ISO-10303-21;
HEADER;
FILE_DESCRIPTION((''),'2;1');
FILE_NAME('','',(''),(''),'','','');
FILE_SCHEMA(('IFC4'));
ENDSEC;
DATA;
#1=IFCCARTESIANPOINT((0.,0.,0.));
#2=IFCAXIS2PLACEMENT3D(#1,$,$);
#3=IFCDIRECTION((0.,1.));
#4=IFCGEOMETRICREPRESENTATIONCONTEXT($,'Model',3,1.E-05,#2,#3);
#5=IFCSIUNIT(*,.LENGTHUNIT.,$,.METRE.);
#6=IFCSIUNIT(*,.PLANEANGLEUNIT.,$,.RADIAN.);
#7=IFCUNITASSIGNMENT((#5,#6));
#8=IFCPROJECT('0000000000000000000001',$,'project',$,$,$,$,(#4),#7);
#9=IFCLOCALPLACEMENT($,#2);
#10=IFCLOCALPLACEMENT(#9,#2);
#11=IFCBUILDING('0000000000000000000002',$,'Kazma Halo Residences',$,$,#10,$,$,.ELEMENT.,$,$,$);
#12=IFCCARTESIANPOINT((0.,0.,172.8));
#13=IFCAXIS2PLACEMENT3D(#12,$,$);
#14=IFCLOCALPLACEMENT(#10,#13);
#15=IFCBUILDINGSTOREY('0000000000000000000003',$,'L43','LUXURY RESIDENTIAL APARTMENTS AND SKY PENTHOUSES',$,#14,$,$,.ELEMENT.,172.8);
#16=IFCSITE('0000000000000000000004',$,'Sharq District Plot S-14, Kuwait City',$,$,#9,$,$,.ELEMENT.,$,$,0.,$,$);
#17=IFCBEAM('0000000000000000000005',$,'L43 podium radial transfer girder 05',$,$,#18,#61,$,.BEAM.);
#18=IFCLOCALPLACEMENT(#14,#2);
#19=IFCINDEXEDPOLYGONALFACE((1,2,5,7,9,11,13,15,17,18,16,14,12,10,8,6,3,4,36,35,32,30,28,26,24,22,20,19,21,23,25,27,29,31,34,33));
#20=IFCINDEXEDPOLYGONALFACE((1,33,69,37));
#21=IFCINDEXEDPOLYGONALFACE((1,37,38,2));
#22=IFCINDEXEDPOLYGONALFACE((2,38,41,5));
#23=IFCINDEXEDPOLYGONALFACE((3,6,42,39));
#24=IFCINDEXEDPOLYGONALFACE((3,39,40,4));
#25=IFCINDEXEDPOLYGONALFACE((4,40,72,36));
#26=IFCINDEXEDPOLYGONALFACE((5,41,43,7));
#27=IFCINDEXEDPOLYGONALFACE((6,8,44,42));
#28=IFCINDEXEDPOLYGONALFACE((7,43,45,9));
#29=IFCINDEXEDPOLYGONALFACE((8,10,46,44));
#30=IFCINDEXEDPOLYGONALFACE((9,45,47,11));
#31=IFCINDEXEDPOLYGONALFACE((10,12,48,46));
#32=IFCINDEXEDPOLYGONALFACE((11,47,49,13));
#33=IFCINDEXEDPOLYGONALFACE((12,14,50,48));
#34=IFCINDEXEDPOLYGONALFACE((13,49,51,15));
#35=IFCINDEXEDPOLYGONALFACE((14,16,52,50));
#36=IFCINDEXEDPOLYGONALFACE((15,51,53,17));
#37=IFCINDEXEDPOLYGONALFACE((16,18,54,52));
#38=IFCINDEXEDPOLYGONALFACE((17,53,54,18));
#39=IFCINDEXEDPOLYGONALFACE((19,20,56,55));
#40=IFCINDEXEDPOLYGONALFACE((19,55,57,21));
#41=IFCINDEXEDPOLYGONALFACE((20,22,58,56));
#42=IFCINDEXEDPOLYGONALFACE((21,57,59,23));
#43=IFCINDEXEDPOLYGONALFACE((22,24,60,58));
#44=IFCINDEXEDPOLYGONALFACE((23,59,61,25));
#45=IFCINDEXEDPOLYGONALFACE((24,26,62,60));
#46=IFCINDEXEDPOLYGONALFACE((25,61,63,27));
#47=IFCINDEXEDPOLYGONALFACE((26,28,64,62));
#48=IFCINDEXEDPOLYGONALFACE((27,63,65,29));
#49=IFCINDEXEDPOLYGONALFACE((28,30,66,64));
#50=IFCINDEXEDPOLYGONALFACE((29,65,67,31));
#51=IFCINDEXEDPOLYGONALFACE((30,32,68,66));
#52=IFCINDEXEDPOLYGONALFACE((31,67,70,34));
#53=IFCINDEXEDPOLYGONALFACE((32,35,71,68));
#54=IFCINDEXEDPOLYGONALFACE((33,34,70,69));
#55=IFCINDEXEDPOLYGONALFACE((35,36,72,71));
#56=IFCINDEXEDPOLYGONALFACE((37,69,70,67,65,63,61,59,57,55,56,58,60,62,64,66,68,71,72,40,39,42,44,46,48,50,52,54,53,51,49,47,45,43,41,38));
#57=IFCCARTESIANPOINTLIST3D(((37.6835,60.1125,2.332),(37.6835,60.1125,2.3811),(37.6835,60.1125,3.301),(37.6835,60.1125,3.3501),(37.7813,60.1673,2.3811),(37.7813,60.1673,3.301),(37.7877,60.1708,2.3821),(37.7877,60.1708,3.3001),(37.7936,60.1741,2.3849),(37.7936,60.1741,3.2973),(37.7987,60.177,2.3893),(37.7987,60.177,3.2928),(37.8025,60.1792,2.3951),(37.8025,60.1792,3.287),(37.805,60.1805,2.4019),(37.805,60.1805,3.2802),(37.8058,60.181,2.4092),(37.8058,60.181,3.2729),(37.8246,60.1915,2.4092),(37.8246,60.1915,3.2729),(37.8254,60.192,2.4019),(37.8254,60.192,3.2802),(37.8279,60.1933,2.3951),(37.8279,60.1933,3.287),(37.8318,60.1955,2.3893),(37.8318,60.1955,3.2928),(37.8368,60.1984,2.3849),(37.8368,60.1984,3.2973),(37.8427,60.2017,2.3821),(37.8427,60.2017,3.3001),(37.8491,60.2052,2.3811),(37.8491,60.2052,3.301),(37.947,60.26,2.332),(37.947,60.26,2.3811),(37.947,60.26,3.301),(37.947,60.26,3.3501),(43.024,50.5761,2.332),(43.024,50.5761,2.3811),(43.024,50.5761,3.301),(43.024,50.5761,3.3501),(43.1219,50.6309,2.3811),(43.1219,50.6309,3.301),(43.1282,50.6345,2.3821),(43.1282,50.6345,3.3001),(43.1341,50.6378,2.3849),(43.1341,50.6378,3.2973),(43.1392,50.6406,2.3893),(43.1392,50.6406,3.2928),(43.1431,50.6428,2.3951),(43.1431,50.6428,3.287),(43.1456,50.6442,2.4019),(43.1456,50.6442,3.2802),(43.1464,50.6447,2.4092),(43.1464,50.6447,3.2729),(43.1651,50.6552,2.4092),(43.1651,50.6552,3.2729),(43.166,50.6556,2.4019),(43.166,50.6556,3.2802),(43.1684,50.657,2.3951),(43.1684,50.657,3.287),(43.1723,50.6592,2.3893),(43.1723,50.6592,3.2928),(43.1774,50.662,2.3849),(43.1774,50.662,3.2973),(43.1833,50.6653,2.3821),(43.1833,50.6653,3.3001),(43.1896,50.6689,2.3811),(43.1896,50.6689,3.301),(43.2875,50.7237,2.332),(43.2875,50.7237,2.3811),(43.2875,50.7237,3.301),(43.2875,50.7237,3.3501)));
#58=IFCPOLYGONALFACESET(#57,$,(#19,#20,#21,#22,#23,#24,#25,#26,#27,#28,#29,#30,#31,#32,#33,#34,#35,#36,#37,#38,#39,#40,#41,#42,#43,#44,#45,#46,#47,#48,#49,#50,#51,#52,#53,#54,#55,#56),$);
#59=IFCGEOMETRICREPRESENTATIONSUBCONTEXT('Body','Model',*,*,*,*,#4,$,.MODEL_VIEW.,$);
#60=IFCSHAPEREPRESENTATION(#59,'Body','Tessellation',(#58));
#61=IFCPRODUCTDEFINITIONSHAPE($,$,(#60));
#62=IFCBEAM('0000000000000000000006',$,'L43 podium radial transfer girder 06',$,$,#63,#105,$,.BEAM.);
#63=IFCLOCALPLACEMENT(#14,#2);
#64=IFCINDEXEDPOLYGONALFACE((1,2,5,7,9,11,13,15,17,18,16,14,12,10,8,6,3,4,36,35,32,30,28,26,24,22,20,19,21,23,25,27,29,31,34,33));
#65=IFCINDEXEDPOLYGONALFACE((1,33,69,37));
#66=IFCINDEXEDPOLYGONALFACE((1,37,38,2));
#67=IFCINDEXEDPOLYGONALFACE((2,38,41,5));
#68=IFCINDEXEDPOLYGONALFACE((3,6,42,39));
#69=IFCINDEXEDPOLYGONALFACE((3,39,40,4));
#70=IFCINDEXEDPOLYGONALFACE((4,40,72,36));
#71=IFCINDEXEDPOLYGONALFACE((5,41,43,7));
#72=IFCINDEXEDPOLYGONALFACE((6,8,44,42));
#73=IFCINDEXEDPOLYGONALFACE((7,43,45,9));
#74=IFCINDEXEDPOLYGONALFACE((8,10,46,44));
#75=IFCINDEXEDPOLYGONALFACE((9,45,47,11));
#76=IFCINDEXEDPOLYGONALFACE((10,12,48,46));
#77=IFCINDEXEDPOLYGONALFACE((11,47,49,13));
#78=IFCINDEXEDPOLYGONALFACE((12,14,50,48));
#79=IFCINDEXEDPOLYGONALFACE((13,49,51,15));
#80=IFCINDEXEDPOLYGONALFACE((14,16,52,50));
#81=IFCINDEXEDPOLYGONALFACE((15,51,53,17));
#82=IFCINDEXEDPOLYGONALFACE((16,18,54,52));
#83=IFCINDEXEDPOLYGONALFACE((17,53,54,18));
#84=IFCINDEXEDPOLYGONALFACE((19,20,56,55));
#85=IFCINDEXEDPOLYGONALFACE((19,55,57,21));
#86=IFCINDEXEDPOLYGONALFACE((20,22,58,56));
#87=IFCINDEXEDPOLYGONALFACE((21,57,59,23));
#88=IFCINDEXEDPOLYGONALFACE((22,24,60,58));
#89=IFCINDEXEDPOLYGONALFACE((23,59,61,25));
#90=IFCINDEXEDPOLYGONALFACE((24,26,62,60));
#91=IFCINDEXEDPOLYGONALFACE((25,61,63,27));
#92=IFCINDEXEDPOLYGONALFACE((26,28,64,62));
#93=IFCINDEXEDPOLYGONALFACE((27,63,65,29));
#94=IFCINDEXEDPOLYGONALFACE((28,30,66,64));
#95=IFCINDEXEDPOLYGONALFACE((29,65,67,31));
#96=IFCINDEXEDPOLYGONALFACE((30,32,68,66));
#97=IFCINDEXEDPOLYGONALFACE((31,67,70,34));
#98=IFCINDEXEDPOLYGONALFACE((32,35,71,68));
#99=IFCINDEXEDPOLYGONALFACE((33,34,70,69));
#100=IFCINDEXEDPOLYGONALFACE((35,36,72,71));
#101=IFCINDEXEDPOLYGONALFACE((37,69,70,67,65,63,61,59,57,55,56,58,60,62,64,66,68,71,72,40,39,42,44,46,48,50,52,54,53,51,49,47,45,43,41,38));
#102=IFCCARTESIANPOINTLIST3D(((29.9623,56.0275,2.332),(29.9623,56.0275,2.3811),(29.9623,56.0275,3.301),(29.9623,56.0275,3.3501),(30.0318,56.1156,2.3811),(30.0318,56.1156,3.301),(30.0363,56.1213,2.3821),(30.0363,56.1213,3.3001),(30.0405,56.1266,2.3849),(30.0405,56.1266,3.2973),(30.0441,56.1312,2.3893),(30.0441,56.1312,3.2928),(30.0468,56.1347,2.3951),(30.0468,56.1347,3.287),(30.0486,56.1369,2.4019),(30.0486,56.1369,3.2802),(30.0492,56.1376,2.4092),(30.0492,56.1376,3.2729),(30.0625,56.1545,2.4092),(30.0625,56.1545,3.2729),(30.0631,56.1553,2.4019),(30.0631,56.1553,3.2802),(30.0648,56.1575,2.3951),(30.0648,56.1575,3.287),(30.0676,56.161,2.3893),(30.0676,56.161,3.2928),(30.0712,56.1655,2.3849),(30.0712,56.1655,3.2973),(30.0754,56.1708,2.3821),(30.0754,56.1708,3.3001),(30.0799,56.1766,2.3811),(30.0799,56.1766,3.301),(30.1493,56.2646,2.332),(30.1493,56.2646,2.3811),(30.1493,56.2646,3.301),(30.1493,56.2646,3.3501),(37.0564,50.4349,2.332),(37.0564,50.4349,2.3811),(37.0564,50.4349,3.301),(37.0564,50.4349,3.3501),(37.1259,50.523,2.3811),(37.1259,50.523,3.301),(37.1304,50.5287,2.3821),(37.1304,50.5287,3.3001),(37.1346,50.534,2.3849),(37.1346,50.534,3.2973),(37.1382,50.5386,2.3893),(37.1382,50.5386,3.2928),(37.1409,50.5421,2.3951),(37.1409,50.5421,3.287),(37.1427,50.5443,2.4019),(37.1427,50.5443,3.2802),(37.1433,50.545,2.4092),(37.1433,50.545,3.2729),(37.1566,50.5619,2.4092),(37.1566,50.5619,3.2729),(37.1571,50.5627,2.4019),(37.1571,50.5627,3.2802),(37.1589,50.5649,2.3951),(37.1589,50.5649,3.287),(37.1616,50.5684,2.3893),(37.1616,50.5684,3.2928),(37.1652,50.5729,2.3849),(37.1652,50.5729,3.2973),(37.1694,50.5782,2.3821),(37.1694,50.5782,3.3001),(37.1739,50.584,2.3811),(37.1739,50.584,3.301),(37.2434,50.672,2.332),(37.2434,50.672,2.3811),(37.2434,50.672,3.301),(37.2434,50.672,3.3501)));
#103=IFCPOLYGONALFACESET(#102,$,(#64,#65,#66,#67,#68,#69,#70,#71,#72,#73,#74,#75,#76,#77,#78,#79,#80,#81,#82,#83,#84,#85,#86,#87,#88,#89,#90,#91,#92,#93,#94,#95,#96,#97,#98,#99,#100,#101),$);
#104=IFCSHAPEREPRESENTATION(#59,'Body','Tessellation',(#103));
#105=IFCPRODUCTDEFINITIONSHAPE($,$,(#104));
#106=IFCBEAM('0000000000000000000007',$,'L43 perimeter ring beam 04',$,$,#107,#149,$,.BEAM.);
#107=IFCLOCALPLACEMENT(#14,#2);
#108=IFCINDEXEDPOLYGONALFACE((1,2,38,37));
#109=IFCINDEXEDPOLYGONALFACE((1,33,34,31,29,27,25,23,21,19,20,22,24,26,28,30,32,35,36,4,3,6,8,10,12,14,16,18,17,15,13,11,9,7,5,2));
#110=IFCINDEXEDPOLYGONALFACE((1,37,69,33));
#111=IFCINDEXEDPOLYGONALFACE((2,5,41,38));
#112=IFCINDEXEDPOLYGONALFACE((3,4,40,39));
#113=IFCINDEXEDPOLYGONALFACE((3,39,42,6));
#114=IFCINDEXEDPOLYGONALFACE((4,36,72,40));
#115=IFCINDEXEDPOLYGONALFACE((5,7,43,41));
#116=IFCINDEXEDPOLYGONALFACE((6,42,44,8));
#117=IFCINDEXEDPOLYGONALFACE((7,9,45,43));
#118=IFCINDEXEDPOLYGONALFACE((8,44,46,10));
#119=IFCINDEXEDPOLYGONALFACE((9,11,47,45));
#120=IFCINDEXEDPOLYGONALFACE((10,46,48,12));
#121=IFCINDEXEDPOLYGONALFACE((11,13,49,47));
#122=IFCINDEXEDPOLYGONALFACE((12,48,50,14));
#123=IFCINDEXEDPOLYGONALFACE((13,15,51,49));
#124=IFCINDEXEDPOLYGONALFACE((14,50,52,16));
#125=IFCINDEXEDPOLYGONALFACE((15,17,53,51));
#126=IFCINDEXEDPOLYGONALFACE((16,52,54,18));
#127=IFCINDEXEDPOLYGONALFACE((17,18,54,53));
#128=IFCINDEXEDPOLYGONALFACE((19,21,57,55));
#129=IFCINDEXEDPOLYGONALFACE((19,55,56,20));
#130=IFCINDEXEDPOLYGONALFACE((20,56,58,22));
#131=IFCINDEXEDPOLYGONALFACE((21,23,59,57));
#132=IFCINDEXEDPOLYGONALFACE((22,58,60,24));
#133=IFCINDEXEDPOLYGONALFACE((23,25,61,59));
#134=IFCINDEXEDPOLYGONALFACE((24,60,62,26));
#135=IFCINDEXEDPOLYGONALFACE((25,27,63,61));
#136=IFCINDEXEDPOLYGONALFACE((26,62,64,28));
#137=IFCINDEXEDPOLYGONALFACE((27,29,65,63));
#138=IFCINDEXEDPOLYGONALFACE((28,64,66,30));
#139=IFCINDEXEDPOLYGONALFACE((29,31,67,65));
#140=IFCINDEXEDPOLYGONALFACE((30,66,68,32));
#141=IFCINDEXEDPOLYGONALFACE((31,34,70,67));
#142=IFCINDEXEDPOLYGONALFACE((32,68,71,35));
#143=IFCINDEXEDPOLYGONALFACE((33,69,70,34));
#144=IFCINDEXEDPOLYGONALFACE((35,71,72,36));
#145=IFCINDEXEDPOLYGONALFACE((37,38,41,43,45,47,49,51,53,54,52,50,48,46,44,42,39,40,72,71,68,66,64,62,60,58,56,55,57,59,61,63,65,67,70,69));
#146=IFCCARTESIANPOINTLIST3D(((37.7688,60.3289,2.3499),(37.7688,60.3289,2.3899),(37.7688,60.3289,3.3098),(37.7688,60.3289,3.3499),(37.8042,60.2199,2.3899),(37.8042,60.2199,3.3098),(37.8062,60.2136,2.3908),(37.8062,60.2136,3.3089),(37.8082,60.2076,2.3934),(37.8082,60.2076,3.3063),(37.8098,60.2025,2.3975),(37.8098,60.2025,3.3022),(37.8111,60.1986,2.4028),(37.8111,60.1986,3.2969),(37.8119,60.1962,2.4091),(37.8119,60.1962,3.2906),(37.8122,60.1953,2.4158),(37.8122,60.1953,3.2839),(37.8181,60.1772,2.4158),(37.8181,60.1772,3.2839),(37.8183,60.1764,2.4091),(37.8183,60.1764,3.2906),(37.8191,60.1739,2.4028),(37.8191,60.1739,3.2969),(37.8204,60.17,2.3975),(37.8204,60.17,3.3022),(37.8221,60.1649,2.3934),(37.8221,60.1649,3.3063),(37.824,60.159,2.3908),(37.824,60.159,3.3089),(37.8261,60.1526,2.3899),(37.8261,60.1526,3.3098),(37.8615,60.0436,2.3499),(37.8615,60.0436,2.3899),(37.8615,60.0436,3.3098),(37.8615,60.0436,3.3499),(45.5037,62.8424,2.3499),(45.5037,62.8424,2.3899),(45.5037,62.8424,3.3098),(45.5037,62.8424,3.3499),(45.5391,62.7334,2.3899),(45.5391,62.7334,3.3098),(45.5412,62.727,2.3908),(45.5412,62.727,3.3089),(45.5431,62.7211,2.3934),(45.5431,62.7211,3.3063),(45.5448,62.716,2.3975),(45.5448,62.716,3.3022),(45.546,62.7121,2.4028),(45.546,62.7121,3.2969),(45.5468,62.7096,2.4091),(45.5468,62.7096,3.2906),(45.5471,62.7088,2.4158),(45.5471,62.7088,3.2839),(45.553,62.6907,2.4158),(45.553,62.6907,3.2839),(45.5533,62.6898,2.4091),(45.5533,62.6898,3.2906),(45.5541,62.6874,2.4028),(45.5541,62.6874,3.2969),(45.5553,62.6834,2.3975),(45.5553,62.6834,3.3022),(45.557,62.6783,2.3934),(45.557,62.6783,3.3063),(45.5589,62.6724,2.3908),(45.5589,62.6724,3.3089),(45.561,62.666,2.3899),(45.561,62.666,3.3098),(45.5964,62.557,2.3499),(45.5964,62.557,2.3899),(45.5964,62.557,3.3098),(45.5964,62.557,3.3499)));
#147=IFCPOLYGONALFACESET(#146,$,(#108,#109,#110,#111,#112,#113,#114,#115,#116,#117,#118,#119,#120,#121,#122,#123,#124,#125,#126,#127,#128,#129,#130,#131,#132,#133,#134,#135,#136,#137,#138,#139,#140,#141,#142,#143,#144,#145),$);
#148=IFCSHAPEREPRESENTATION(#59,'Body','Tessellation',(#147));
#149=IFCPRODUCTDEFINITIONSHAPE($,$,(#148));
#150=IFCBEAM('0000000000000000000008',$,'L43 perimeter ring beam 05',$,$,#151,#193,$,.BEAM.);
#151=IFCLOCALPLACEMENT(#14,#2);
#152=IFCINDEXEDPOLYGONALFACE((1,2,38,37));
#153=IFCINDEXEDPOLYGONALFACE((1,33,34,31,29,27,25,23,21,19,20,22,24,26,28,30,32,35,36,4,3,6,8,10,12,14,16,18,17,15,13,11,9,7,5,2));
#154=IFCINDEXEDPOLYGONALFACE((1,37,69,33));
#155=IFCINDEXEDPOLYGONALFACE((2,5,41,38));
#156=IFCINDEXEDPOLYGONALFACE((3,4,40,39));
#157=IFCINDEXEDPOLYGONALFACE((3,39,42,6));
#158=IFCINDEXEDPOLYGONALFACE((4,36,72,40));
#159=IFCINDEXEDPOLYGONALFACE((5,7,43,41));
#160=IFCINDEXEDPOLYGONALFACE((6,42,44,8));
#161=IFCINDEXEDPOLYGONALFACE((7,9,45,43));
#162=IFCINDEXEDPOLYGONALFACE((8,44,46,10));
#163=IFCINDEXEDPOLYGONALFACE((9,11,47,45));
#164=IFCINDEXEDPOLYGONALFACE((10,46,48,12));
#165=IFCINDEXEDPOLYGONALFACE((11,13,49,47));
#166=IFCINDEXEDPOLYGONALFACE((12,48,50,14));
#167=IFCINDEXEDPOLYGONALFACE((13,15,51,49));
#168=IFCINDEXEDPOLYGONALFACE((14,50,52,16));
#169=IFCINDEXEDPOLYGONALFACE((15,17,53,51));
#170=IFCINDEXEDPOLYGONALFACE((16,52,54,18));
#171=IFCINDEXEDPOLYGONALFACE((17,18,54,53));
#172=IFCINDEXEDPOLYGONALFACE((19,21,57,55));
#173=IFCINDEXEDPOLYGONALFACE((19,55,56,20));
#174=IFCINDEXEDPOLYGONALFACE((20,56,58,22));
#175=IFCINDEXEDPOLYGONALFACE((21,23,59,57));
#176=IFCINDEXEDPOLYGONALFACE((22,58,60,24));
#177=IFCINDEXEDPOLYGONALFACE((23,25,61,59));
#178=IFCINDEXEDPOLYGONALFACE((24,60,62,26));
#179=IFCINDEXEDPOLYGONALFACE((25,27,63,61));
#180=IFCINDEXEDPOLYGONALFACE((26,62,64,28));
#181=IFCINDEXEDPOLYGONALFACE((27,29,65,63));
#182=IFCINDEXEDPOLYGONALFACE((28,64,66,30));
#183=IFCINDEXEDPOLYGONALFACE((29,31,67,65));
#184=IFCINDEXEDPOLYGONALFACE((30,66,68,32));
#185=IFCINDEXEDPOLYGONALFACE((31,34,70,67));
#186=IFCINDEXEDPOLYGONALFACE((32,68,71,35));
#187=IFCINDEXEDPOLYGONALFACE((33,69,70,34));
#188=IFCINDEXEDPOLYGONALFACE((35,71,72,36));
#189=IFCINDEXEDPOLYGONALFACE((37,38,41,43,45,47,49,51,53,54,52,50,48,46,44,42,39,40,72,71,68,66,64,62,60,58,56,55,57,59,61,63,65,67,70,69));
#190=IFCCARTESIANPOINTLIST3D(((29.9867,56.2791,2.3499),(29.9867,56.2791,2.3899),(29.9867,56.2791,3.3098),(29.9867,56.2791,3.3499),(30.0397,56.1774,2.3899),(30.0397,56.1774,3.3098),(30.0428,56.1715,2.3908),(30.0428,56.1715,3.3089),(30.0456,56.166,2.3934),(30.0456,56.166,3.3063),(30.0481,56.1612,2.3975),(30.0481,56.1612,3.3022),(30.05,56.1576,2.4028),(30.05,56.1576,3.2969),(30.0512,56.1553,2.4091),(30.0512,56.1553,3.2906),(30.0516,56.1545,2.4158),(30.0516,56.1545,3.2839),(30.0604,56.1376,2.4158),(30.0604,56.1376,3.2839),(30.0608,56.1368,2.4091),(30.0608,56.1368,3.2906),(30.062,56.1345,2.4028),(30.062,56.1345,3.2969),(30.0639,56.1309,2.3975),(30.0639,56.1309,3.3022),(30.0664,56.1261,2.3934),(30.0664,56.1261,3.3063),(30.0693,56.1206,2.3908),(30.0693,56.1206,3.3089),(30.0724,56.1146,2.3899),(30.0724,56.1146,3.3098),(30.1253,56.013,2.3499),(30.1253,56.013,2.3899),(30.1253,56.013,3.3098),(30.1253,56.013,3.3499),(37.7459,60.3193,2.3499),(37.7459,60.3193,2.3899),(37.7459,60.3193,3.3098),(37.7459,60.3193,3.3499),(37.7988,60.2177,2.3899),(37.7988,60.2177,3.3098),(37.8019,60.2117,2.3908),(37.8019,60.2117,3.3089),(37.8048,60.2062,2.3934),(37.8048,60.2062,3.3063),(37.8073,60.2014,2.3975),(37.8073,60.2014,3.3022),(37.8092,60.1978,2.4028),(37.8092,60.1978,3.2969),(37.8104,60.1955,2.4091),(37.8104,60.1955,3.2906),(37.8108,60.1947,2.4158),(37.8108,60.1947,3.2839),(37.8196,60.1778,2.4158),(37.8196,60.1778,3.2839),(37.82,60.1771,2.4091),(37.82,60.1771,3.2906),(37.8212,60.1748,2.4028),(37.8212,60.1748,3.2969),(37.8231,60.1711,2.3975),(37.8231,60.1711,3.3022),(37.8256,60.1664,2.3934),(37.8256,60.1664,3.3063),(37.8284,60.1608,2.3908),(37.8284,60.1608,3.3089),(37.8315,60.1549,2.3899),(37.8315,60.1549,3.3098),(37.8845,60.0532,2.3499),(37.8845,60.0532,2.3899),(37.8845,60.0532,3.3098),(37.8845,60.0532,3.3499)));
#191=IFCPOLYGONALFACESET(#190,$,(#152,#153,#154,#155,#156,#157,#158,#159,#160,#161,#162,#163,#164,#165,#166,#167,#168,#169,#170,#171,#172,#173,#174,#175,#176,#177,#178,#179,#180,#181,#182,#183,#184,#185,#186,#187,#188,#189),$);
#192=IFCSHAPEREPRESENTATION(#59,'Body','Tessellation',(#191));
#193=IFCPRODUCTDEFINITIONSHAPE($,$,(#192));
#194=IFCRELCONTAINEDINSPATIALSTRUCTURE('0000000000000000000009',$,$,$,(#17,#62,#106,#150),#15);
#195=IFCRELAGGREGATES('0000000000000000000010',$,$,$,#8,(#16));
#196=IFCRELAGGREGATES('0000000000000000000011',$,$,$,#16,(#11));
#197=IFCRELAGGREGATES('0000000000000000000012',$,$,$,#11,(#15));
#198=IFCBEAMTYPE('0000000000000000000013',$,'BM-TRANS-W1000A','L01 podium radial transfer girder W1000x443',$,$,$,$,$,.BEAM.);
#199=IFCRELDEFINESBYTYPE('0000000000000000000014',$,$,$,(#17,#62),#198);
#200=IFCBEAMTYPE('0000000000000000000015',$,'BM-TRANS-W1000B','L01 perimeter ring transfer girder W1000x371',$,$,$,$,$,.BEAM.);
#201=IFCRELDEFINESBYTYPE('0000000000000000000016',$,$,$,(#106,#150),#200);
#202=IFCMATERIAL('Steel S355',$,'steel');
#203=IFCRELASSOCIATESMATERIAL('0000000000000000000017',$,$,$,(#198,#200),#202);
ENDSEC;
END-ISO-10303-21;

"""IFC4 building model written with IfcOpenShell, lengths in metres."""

from ifc_helpers import new_model, si_unit, direction, frame, origin, origin_2d, place, context, subcontext, project, spatial, i_section, extrude, material, material_profile, profile_set, type_object, element, save


model = new_model("IFC4")

# Units and contexts
model_context = context("Model", 3, precision=1e-05, world=origin(), true_north=direction((0.0, 1.0)))
body_context = subcontext(model_context, "Body", "Model", "MODEL_VIEW")
ifc_project = project(units=[si_unit("LENGTHUNIT", "METRE"), si_unit("PLANEANGLEUNIT", "RADIAN")], contexts=[model_context])

# Site, building, storey
site_placement = place(None, origin())
site = spatial("IfcSite", under=ifc_project, at=site_placement, Name="Sharq District Plot S-14, Kuwait City", CompositionType="ELEMENT", RefElevation=0.0)
building_placement = place(site_placement, origin())
building = spatial("IfcBuilding", under=site, at=building_placement, Name="Kazma Halo Residences", CompositionType="ELEMENT")
storey_placement = place(building_placement, frame((0.0, 0.0, 172.8)))
storey = spatial("IfcBuildingStorey", under=building, at=storey_placement, Name="L43", Description="LUXURY RESIDENTIAL APARTMENTS AND SKY PENTHOUSES", CompositionType="ELEMENT", Elevation=172.8)

# Beams
ifc_material_1 = material(Name="Steel S355", Category="steel")
ifc_material_profile_1 = material_profile(ifc_material_1, i_section(OverallWidth=0.302, OverallDepth=1.0181, WebThickness=0.0215, FlangeThickness=0.0491, FilletRadius=0.0281, at=origin_2d()), Name="W1000x443")
ifc_profile_set_1 = profile_set([ifc_material_profile_1], Name="Steel S355")
beam_type_1 = type_object("IfcBeamType", Name="BM-TRANS-W1000A", Description="L01 podium radial transfer girder W1000x443", PredefinedType="BEAM", material=ifc_profile_set_1)
beam_1_placement = place(storey_placement, frame((43.1558, 50.6499, 2.8411), z_axis=(-0.488618, 0.872498, 0.0), x_axis=(-0.872498, -0.488618, 0.0)))
element("IfcBeam", 1, at=beam_1_placement, inside=storey, type_object=beam_type_1, Name="L43 podium radial transfer girder 05", PredefinedType="BEAM", context=body_context, shape_type="SweptSolid", body=[
    extrude(i_section(OverallWidth=0.302, OverallDepth=1.0181, WebThickness=0.0215, FlangeThickness=0.0491, FilletRadius=0.0281, at=origin_2d()), origin(), (0.0, 0.0, 1.0), 10.9299),
])
beam_2_placement = place(storey_placement, frame((37.1499, 50.5535, 2.8411), z_axis=(-0.785313, 0.619099, 0.0), x_axis=(-0.619099, -0.785313, 0.0)))
element("IfcBeam", 2, at=beam_2_placement, inside=storey, type_object=beam_type_1, Name="L43 podium radial transfer girder 06", PredefinedType="BEAM", context=body_context, shape_type="SweptSolid", body=[
    extrude(i_section(OverallWidth=0.302, OverallDepth=1.0181, WebThickness=0.0215, FlangeThickness=0.0491, FilletRadius=0.0281, at=origin_2d()), origin(), (0.0, 0.0, 1.0), 9.0334),
])
ifc_material_profile_2 = material_profile(ifc_material_1, i_section(OverallWidth=0.3, OverallDepth=1.0, WebThickness=0.019, FlangeThickness=0.04, FilletRadius=0.0259, at=origin_2d()), Name="W1000x371")
ifc_profile_set_2 = profile_set([ifc_material_profile_2], Name="Steel S355")
beam_type_2 = type_object("IfcBeamType", Name="BM-TRANS-W1000B", Description="L01 perimeter ring transfer girder W1000x371", PredefinedType="BEAM", material=ifc_profile_set_2)
beam_3_placement = place(storey_placement, frame((45.55, 62.6997, 2.8499), z_axis=(-0.951049, -0.309041, 0.0), x_axis=(0.309041, -0.951049, 0.0)))
element("IfcBeam", 3, at=beam_3_placement, inside=storey, type_object=beam_type_2, Name="L43 perimeter ring beam 04", PredefinedType="BEAM", context=body_context, shape_type="SweptSolid", body=[
    extrude(i_section(OverallWidth=0.3, OverallDepth=1.0, WebThickness=0.019, FlangeThickness=0.04, FilletRadius=0.0259, at=origin_2d()), origin(), (0.0, 0.0, 1.0), 8.1331),
])
beam_4_placement = place(storey_placement, frame((37.8152, 60.1863, 2.8499), z_axis=(-0.886961, -0.461844, 0.0), x_axis=(0.461844, -0.886961, 0.0)))
element("IfcBeam", 4, at=beam_4_placement, inside=storey, type_object=beam_type_2, Name="L43 perimeter ring beam 05", PredefinedType="BEAM", context=body_context, shape_type="SweptSolid", body=[
    extrude(i_section(OverallWidth=0.3, OverallDepth=1.0, WebThickness=0.019, FlangeThickness=0.04, FilletRadius=0.0259, at=origin_2d()), origin(), (0.0, 0.0, 1.0), 8.748),
])

save(model, "model.ifc")
